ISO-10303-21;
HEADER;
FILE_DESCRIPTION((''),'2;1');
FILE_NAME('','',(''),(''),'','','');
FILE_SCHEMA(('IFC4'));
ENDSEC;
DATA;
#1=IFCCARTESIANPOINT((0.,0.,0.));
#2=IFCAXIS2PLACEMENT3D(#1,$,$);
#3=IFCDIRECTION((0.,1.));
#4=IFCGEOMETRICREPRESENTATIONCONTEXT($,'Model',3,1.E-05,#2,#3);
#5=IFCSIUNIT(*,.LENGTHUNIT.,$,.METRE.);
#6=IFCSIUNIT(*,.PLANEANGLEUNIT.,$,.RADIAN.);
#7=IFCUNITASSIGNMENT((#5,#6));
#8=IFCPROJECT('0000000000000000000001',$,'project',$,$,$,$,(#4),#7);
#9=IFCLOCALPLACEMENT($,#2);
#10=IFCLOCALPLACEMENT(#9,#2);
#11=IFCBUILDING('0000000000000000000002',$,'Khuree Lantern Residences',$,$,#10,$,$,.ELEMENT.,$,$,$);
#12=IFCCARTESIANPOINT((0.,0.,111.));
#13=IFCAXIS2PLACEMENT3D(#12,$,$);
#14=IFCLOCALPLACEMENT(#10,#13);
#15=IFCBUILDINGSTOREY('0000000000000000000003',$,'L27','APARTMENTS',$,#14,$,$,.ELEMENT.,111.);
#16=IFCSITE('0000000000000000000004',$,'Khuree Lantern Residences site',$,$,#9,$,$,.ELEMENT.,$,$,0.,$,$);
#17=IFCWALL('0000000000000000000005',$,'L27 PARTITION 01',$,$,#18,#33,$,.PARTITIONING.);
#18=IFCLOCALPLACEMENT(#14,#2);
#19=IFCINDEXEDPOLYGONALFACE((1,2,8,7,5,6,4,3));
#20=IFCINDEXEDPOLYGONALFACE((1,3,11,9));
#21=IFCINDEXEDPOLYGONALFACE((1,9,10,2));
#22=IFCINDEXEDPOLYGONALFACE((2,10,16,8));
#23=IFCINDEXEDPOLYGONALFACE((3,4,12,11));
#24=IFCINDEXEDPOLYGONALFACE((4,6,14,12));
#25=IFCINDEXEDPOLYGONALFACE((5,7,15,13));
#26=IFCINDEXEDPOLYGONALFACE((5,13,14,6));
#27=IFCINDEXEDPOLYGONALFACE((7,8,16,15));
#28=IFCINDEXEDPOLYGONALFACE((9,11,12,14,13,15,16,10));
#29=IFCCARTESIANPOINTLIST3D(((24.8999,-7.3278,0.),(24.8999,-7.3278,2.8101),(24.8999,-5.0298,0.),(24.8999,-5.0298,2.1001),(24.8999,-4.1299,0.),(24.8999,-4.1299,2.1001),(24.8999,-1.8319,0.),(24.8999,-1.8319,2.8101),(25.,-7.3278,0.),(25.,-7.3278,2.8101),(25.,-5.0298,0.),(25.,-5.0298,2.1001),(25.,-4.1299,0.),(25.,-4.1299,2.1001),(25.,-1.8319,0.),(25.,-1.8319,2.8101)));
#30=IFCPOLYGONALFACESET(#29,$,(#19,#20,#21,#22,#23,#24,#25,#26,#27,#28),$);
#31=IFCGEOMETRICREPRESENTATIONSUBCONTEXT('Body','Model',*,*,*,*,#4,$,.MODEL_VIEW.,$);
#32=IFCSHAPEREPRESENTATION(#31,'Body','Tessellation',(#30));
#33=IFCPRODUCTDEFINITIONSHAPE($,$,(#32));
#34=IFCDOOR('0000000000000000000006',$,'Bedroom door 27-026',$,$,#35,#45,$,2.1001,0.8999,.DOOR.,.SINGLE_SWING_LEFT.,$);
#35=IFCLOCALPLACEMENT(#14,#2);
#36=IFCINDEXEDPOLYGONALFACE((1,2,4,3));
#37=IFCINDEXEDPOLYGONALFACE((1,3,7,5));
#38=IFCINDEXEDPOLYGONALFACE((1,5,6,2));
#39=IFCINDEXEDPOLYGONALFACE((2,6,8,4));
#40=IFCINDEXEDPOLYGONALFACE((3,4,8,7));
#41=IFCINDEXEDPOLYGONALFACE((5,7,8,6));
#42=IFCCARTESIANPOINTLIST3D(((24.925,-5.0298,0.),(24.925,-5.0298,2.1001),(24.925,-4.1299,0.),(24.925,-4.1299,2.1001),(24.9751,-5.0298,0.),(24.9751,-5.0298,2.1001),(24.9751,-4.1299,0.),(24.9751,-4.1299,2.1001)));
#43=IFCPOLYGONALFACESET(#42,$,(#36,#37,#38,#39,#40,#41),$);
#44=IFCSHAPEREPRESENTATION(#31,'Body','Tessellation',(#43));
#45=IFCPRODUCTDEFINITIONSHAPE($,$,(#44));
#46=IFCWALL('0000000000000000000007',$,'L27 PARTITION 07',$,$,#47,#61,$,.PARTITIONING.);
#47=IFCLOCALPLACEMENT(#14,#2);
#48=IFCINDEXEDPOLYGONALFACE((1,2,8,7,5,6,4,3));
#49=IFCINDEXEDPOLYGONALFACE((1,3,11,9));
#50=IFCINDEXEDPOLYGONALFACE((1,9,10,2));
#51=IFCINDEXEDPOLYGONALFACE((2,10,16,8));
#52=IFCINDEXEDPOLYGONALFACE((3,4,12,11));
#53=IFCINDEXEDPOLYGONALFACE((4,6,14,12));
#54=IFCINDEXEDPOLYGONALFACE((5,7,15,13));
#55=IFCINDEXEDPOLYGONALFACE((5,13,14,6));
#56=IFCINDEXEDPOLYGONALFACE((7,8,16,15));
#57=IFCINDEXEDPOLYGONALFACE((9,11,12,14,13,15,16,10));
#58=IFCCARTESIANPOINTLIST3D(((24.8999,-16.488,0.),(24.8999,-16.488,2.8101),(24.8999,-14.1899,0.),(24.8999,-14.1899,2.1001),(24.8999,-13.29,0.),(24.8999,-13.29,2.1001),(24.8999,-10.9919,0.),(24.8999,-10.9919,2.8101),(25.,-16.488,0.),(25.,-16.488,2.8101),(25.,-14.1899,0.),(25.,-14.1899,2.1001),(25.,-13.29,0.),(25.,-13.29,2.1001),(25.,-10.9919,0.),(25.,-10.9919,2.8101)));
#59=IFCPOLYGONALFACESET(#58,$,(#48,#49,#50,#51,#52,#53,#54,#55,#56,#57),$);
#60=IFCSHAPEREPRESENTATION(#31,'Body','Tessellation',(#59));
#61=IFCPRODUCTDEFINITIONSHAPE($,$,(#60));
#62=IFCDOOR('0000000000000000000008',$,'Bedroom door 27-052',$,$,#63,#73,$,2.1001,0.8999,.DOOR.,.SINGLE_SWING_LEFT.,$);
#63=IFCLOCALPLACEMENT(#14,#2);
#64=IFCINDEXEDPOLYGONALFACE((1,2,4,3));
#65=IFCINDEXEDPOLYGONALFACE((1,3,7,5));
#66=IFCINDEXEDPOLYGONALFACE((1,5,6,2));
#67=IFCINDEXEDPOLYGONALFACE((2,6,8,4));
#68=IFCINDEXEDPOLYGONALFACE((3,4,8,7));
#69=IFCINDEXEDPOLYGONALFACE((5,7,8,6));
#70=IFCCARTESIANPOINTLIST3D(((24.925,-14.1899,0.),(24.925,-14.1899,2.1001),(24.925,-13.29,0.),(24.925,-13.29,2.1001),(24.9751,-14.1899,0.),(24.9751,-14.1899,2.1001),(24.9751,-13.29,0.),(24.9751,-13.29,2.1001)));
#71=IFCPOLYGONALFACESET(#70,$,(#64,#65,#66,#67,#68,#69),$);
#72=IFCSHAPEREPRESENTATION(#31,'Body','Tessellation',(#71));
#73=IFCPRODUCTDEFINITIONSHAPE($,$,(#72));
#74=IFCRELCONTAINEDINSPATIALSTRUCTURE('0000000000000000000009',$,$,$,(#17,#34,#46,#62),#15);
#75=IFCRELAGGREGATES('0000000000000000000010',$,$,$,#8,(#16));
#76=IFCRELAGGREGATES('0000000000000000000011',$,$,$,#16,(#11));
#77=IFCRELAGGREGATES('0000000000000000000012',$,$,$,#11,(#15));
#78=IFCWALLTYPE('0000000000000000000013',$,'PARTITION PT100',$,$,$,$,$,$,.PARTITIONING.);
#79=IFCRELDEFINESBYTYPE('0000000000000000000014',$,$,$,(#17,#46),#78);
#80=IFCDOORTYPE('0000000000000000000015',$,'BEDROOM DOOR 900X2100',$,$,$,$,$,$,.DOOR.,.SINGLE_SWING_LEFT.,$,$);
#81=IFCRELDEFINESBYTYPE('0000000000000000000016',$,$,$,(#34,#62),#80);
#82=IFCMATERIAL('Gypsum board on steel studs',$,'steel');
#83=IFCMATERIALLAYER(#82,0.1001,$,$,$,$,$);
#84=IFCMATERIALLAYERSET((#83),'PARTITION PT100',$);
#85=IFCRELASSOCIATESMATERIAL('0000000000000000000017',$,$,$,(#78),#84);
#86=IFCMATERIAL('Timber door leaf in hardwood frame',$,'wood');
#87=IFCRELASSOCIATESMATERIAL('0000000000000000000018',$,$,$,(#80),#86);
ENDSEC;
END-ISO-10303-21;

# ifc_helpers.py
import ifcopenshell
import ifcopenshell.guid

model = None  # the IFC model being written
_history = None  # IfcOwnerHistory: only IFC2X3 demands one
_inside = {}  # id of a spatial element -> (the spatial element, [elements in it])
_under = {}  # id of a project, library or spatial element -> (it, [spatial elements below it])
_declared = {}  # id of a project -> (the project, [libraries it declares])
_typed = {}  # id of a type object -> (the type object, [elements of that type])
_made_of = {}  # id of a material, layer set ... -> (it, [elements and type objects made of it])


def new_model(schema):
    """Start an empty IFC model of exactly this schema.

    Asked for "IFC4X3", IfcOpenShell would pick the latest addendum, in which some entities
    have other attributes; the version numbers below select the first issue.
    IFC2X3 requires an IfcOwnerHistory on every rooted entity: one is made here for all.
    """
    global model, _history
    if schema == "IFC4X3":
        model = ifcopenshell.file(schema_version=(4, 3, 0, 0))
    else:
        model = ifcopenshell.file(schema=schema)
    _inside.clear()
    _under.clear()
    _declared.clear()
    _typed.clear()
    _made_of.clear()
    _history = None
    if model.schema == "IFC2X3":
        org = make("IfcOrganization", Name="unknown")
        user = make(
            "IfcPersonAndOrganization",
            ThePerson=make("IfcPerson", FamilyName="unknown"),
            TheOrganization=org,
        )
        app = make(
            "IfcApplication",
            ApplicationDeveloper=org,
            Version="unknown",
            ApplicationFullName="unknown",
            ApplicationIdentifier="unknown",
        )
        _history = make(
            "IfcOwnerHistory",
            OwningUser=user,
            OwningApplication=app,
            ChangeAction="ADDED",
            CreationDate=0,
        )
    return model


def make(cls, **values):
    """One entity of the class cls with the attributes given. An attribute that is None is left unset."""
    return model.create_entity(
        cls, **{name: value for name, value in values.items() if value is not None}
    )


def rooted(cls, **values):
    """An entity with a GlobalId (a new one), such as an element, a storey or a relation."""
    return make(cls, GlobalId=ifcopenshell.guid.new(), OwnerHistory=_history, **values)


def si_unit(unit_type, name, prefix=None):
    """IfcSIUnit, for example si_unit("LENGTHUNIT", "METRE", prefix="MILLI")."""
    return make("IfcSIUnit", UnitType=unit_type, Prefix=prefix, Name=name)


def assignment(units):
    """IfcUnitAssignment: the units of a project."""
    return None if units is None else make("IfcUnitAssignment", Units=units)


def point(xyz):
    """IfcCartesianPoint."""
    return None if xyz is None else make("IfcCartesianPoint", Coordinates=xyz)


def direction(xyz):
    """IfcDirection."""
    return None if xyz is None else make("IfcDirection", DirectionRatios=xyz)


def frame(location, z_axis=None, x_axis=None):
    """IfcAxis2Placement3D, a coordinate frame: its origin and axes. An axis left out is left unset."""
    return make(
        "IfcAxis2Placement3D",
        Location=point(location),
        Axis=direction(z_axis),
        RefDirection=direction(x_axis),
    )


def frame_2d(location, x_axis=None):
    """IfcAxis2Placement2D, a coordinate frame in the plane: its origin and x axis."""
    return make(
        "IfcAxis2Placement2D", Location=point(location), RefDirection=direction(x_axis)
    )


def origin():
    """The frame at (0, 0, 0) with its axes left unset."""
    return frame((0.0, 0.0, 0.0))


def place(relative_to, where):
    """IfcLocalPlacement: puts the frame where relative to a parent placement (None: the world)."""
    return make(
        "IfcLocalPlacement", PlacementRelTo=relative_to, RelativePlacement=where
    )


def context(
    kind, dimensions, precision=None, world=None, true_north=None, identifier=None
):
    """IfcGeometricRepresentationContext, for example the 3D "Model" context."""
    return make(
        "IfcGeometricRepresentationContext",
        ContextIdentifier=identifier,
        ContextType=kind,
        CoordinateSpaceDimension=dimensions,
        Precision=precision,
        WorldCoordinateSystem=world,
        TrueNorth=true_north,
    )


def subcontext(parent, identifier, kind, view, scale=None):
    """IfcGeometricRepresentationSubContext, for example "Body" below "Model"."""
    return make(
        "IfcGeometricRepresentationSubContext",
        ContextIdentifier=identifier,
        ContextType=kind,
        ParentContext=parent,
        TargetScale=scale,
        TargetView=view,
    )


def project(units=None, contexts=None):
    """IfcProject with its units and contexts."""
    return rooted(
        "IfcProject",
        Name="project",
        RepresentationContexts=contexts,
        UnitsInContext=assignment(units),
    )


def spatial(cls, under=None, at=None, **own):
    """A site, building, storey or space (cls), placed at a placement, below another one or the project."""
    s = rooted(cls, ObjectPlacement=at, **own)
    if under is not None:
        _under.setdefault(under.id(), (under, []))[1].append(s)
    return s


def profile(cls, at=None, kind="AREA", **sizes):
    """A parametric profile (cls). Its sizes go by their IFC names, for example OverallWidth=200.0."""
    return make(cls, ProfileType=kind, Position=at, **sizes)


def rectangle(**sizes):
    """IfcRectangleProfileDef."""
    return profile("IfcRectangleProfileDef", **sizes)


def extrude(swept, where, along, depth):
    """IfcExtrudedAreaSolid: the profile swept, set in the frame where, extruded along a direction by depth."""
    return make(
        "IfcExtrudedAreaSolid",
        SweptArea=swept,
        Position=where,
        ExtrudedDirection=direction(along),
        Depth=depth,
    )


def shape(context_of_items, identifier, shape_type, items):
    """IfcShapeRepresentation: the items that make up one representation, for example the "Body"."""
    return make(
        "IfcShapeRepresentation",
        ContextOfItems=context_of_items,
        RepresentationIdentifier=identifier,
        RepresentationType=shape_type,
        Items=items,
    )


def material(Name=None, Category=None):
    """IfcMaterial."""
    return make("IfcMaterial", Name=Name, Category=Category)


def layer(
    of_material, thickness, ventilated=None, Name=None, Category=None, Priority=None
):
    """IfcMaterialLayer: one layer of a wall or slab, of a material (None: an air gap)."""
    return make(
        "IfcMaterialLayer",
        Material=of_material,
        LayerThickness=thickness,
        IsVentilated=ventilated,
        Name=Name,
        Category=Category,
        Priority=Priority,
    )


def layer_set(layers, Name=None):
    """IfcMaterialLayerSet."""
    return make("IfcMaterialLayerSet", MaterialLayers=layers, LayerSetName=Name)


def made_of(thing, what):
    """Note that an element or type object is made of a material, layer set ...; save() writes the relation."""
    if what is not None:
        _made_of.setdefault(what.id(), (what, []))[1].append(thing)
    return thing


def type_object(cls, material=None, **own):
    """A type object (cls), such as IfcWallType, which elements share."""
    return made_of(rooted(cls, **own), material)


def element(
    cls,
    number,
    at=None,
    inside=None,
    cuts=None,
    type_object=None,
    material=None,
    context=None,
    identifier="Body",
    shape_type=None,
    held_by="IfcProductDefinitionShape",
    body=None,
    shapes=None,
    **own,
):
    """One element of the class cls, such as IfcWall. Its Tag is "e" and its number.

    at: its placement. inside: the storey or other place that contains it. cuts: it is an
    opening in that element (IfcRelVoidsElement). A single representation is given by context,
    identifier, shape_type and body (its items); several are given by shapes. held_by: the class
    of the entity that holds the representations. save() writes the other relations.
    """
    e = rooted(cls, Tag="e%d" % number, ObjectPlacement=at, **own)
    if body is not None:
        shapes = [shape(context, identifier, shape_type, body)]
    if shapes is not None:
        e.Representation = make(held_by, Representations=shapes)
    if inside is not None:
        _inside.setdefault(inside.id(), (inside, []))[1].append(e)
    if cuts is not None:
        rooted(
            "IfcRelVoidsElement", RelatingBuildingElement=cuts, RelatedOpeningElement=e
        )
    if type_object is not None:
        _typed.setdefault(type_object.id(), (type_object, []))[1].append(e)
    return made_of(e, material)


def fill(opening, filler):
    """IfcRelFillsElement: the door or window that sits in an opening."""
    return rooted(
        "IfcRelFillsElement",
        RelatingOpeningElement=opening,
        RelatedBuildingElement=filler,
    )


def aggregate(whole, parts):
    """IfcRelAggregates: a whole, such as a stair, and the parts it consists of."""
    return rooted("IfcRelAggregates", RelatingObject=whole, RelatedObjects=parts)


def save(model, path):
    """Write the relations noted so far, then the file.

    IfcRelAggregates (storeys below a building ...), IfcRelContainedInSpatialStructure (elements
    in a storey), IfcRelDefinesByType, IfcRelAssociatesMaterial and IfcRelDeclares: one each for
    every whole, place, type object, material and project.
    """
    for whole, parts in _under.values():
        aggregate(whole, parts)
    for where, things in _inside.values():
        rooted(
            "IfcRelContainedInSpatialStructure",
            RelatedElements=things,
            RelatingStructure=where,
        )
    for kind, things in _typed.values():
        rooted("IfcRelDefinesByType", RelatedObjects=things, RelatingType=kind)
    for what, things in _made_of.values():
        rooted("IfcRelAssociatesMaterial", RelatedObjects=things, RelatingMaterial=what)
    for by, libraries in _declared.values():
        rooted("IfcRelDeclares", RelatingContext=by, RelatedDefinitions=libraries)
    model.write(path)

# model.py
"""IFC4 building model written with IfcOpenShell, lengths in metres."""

from ifc_helpers import new_model, si_unit, direction, frame, frame_2d, origin, place, context, subcontext, project, spatial, rectangle, extrude, material, layer, layer_set, type_object, element, fill, save


model = new_model("IFC4")

# Units and contexts
model_context = context("Model", 3, precision=1e-05, world=origin(), true_north=direction((0.0, 1.0)))
body_context = subcontext(model_context, "Body", "Model", "MODEL_VIEW")
ifc_project = project(units=[si_unit("LENGTHUNIT", "METRE"), si_unit("PLANEANGLEUNIT", "RADIAN")], contexts=[model_context])

# Site, building, storey
site_placement = place(None, origin())
site = spatial("IfcSite", under=ifc_project, at=site_placement, Name="Khuree Lantern Residences site", CompositionType="ELEMENT", RefElevation=0.0)
building_placement = place(site_placement, origin())
building = spatial("IfcBuilding", under=site, at=building_placement, Name="Khuree Lantern Residences", CompositionType="ELEMENT")
storey_placement = place(building_placement, frame((0.0, 0.0, 111.0)))
storey = spatial("IfcBuildingStorey", under=building, at=storey_placement, Name="L27", Description="APARTMENTS", CompositionType="ELEMENT", Elevation=111.0)

# Shared definitions
ifc_material_1 = material(Name="Timber door leaf in hardwood frame", Category="wood")

# Shared definitions
ifc_material_2 = material(Name="Gypsum board on steel studs", Category="steel")
ifc_layer_1 = layer(ifc_material_2, 0.1001)
ifc_layer_set_1 = layer_set([ifc_layer_1], Name="PARTITION PT100")
wall_type_1 = type_object("IfcWallType", Name="PARTITION PT100", PredefinedType="PARTITIONING", material=ifc_layer_set_1)

# Walls, openings, doors
wall_1_placement = place(storey_placement, frame((24.95, -7.3279, 0.0), z_axis=(0.0, 0.0, 1.0), x_axis=(0.0, 1.0, 0.0)))
wall_1 = element("IfcWall", 1, at=wall_1_placement, inside=storey, type_object=wall_type_1, Name="L27 PARTITION 01", PredefinedType="PARTITIONING", context=body_context, shape_type="SweptSolid", body=[
    extrude(rectangle(XDim=5.4958, YDim=0.1001, at=frame_2d((2.748, 0.0))), origin(), (0.0, 0.0, 1.0), 2.8101),
])
opening_1_placement = place(wall_1_placement, frame((2.2981, 0.0, 0.0)))
opening_1 = element("IfcOpeningElement", 2, at=opening_1_placement, cuts=wall_1, PredefinedType="OPENING", context=body_context, shape_type="SweptSolid", body=[
    extrude(rectangle(XDim=0.8999, YDim=2.1001, at=frame_2d((0.45, 1.05))), frame((0.0, 0.0601, 0.0), z_axis=(0.0, -1.0, 0.0), x_axis=(1.0, 0.0, 0.0)), (0.0, 0.0, 1.0), 0.1201),
])
door_type_1 = type_object("IfcDoorType", Name="BEDROOM DOOR 900X2100", OperationType="SINGLE_SWING_LEFT", PredefinedType="DOOR", material=ifc_material_1)
door_1_placement = place(opening_1_placement, origin())
door_1 = element("IfcDoor", 3, at=door_1_placement, inside=storey, type_object=door_type_1, Name="Bedroom door 27-026", OperationType="SINGLE_SWING_LEFT", OverallHeight=2.1001, OverallWidth=0.8999, PredefinedType="DOOR", context=body_context, shape_type="SweptSolid", body=[
    extrude(rectangle(XDim=0.8999, YDim=2.1001, at=frame_2d((0.45, 1.05))), frame((0.0, 0.0249, 0.0), z_axis=(0.0, -1.0, 0.0), x_axis=(1.0, 0.0, 0.0)), (0.0, 0.0, 1.0), 0.05),
])
fill(opening_1, door_1)
wall_2_placement = place(storey_placement, frame((24.95, -16.488, 0.0), z_axis=(0.0, 0.0, 1.0), x_axis=(0.0, 1.0, 0.0)))
wall_2 = element("IfcWall", 4, at=wall_2_placement, inside=storey, type_object=wall_type_1, Name="L27 PARTITION 07", PredefinedType="PARTITIONING", context=body_context, shape_type="SweptSolid", body=[
    extrude(rectangle(XDim=5.4961, YDim=0.1001, at=frame_2d((2.748, 0.0))), origin(), (0.0, 0.0, 1.0), 2.8101),
])
opening_2_placement = place(wall_2_placement, frame((2.2981, 0.0, 0.0)))
opening_2 = element("IfcOpeningElement", 5, at=opening_2_placement, cuts=wall_2, PredefinedType="OPENING", context=body_context, shape_type="SweptSolid", body=[
    extrude(rectangle(XDim=0.8999, YDim=2.1001, at=frame_2d((0.45, 1.05))), frame((0.0, 0.0601, 0.0), z_axis=(0.0, -1.0, 0.0), x_axis=(1.0, 0.0, 0.0)), (0.0, 0.0, 1.0), 0.1201),
])
door_2_placement = place(opening_2_placement, origin())
door_2 = element("IfcDoor", 6, at=door_2_placement, inside=storey, type_object=door_type_1, Name="Bedroom door 27-052", OperationType="SINGLE_SWING_LEFT", OverallHeight=2.1001, OverallWidth=0.8999, PredefinedType="DOOR", context=body_context, shape_type="SweptSolid", body=[
    extrude(rectangle(XDim=0.8999, YDim=2.1001, at=frame_2d((0.45, 1.05))), frame((0.0, 0.0249, 0.0), z_axis=(0.0, -1.0, 0.0), x_axis=(1.0, 0.0, 0.0)), (0.0, 0.0, 1.0), 0.05),
])
fill(opening_2, door_2)

save(model, "model.ifc")
